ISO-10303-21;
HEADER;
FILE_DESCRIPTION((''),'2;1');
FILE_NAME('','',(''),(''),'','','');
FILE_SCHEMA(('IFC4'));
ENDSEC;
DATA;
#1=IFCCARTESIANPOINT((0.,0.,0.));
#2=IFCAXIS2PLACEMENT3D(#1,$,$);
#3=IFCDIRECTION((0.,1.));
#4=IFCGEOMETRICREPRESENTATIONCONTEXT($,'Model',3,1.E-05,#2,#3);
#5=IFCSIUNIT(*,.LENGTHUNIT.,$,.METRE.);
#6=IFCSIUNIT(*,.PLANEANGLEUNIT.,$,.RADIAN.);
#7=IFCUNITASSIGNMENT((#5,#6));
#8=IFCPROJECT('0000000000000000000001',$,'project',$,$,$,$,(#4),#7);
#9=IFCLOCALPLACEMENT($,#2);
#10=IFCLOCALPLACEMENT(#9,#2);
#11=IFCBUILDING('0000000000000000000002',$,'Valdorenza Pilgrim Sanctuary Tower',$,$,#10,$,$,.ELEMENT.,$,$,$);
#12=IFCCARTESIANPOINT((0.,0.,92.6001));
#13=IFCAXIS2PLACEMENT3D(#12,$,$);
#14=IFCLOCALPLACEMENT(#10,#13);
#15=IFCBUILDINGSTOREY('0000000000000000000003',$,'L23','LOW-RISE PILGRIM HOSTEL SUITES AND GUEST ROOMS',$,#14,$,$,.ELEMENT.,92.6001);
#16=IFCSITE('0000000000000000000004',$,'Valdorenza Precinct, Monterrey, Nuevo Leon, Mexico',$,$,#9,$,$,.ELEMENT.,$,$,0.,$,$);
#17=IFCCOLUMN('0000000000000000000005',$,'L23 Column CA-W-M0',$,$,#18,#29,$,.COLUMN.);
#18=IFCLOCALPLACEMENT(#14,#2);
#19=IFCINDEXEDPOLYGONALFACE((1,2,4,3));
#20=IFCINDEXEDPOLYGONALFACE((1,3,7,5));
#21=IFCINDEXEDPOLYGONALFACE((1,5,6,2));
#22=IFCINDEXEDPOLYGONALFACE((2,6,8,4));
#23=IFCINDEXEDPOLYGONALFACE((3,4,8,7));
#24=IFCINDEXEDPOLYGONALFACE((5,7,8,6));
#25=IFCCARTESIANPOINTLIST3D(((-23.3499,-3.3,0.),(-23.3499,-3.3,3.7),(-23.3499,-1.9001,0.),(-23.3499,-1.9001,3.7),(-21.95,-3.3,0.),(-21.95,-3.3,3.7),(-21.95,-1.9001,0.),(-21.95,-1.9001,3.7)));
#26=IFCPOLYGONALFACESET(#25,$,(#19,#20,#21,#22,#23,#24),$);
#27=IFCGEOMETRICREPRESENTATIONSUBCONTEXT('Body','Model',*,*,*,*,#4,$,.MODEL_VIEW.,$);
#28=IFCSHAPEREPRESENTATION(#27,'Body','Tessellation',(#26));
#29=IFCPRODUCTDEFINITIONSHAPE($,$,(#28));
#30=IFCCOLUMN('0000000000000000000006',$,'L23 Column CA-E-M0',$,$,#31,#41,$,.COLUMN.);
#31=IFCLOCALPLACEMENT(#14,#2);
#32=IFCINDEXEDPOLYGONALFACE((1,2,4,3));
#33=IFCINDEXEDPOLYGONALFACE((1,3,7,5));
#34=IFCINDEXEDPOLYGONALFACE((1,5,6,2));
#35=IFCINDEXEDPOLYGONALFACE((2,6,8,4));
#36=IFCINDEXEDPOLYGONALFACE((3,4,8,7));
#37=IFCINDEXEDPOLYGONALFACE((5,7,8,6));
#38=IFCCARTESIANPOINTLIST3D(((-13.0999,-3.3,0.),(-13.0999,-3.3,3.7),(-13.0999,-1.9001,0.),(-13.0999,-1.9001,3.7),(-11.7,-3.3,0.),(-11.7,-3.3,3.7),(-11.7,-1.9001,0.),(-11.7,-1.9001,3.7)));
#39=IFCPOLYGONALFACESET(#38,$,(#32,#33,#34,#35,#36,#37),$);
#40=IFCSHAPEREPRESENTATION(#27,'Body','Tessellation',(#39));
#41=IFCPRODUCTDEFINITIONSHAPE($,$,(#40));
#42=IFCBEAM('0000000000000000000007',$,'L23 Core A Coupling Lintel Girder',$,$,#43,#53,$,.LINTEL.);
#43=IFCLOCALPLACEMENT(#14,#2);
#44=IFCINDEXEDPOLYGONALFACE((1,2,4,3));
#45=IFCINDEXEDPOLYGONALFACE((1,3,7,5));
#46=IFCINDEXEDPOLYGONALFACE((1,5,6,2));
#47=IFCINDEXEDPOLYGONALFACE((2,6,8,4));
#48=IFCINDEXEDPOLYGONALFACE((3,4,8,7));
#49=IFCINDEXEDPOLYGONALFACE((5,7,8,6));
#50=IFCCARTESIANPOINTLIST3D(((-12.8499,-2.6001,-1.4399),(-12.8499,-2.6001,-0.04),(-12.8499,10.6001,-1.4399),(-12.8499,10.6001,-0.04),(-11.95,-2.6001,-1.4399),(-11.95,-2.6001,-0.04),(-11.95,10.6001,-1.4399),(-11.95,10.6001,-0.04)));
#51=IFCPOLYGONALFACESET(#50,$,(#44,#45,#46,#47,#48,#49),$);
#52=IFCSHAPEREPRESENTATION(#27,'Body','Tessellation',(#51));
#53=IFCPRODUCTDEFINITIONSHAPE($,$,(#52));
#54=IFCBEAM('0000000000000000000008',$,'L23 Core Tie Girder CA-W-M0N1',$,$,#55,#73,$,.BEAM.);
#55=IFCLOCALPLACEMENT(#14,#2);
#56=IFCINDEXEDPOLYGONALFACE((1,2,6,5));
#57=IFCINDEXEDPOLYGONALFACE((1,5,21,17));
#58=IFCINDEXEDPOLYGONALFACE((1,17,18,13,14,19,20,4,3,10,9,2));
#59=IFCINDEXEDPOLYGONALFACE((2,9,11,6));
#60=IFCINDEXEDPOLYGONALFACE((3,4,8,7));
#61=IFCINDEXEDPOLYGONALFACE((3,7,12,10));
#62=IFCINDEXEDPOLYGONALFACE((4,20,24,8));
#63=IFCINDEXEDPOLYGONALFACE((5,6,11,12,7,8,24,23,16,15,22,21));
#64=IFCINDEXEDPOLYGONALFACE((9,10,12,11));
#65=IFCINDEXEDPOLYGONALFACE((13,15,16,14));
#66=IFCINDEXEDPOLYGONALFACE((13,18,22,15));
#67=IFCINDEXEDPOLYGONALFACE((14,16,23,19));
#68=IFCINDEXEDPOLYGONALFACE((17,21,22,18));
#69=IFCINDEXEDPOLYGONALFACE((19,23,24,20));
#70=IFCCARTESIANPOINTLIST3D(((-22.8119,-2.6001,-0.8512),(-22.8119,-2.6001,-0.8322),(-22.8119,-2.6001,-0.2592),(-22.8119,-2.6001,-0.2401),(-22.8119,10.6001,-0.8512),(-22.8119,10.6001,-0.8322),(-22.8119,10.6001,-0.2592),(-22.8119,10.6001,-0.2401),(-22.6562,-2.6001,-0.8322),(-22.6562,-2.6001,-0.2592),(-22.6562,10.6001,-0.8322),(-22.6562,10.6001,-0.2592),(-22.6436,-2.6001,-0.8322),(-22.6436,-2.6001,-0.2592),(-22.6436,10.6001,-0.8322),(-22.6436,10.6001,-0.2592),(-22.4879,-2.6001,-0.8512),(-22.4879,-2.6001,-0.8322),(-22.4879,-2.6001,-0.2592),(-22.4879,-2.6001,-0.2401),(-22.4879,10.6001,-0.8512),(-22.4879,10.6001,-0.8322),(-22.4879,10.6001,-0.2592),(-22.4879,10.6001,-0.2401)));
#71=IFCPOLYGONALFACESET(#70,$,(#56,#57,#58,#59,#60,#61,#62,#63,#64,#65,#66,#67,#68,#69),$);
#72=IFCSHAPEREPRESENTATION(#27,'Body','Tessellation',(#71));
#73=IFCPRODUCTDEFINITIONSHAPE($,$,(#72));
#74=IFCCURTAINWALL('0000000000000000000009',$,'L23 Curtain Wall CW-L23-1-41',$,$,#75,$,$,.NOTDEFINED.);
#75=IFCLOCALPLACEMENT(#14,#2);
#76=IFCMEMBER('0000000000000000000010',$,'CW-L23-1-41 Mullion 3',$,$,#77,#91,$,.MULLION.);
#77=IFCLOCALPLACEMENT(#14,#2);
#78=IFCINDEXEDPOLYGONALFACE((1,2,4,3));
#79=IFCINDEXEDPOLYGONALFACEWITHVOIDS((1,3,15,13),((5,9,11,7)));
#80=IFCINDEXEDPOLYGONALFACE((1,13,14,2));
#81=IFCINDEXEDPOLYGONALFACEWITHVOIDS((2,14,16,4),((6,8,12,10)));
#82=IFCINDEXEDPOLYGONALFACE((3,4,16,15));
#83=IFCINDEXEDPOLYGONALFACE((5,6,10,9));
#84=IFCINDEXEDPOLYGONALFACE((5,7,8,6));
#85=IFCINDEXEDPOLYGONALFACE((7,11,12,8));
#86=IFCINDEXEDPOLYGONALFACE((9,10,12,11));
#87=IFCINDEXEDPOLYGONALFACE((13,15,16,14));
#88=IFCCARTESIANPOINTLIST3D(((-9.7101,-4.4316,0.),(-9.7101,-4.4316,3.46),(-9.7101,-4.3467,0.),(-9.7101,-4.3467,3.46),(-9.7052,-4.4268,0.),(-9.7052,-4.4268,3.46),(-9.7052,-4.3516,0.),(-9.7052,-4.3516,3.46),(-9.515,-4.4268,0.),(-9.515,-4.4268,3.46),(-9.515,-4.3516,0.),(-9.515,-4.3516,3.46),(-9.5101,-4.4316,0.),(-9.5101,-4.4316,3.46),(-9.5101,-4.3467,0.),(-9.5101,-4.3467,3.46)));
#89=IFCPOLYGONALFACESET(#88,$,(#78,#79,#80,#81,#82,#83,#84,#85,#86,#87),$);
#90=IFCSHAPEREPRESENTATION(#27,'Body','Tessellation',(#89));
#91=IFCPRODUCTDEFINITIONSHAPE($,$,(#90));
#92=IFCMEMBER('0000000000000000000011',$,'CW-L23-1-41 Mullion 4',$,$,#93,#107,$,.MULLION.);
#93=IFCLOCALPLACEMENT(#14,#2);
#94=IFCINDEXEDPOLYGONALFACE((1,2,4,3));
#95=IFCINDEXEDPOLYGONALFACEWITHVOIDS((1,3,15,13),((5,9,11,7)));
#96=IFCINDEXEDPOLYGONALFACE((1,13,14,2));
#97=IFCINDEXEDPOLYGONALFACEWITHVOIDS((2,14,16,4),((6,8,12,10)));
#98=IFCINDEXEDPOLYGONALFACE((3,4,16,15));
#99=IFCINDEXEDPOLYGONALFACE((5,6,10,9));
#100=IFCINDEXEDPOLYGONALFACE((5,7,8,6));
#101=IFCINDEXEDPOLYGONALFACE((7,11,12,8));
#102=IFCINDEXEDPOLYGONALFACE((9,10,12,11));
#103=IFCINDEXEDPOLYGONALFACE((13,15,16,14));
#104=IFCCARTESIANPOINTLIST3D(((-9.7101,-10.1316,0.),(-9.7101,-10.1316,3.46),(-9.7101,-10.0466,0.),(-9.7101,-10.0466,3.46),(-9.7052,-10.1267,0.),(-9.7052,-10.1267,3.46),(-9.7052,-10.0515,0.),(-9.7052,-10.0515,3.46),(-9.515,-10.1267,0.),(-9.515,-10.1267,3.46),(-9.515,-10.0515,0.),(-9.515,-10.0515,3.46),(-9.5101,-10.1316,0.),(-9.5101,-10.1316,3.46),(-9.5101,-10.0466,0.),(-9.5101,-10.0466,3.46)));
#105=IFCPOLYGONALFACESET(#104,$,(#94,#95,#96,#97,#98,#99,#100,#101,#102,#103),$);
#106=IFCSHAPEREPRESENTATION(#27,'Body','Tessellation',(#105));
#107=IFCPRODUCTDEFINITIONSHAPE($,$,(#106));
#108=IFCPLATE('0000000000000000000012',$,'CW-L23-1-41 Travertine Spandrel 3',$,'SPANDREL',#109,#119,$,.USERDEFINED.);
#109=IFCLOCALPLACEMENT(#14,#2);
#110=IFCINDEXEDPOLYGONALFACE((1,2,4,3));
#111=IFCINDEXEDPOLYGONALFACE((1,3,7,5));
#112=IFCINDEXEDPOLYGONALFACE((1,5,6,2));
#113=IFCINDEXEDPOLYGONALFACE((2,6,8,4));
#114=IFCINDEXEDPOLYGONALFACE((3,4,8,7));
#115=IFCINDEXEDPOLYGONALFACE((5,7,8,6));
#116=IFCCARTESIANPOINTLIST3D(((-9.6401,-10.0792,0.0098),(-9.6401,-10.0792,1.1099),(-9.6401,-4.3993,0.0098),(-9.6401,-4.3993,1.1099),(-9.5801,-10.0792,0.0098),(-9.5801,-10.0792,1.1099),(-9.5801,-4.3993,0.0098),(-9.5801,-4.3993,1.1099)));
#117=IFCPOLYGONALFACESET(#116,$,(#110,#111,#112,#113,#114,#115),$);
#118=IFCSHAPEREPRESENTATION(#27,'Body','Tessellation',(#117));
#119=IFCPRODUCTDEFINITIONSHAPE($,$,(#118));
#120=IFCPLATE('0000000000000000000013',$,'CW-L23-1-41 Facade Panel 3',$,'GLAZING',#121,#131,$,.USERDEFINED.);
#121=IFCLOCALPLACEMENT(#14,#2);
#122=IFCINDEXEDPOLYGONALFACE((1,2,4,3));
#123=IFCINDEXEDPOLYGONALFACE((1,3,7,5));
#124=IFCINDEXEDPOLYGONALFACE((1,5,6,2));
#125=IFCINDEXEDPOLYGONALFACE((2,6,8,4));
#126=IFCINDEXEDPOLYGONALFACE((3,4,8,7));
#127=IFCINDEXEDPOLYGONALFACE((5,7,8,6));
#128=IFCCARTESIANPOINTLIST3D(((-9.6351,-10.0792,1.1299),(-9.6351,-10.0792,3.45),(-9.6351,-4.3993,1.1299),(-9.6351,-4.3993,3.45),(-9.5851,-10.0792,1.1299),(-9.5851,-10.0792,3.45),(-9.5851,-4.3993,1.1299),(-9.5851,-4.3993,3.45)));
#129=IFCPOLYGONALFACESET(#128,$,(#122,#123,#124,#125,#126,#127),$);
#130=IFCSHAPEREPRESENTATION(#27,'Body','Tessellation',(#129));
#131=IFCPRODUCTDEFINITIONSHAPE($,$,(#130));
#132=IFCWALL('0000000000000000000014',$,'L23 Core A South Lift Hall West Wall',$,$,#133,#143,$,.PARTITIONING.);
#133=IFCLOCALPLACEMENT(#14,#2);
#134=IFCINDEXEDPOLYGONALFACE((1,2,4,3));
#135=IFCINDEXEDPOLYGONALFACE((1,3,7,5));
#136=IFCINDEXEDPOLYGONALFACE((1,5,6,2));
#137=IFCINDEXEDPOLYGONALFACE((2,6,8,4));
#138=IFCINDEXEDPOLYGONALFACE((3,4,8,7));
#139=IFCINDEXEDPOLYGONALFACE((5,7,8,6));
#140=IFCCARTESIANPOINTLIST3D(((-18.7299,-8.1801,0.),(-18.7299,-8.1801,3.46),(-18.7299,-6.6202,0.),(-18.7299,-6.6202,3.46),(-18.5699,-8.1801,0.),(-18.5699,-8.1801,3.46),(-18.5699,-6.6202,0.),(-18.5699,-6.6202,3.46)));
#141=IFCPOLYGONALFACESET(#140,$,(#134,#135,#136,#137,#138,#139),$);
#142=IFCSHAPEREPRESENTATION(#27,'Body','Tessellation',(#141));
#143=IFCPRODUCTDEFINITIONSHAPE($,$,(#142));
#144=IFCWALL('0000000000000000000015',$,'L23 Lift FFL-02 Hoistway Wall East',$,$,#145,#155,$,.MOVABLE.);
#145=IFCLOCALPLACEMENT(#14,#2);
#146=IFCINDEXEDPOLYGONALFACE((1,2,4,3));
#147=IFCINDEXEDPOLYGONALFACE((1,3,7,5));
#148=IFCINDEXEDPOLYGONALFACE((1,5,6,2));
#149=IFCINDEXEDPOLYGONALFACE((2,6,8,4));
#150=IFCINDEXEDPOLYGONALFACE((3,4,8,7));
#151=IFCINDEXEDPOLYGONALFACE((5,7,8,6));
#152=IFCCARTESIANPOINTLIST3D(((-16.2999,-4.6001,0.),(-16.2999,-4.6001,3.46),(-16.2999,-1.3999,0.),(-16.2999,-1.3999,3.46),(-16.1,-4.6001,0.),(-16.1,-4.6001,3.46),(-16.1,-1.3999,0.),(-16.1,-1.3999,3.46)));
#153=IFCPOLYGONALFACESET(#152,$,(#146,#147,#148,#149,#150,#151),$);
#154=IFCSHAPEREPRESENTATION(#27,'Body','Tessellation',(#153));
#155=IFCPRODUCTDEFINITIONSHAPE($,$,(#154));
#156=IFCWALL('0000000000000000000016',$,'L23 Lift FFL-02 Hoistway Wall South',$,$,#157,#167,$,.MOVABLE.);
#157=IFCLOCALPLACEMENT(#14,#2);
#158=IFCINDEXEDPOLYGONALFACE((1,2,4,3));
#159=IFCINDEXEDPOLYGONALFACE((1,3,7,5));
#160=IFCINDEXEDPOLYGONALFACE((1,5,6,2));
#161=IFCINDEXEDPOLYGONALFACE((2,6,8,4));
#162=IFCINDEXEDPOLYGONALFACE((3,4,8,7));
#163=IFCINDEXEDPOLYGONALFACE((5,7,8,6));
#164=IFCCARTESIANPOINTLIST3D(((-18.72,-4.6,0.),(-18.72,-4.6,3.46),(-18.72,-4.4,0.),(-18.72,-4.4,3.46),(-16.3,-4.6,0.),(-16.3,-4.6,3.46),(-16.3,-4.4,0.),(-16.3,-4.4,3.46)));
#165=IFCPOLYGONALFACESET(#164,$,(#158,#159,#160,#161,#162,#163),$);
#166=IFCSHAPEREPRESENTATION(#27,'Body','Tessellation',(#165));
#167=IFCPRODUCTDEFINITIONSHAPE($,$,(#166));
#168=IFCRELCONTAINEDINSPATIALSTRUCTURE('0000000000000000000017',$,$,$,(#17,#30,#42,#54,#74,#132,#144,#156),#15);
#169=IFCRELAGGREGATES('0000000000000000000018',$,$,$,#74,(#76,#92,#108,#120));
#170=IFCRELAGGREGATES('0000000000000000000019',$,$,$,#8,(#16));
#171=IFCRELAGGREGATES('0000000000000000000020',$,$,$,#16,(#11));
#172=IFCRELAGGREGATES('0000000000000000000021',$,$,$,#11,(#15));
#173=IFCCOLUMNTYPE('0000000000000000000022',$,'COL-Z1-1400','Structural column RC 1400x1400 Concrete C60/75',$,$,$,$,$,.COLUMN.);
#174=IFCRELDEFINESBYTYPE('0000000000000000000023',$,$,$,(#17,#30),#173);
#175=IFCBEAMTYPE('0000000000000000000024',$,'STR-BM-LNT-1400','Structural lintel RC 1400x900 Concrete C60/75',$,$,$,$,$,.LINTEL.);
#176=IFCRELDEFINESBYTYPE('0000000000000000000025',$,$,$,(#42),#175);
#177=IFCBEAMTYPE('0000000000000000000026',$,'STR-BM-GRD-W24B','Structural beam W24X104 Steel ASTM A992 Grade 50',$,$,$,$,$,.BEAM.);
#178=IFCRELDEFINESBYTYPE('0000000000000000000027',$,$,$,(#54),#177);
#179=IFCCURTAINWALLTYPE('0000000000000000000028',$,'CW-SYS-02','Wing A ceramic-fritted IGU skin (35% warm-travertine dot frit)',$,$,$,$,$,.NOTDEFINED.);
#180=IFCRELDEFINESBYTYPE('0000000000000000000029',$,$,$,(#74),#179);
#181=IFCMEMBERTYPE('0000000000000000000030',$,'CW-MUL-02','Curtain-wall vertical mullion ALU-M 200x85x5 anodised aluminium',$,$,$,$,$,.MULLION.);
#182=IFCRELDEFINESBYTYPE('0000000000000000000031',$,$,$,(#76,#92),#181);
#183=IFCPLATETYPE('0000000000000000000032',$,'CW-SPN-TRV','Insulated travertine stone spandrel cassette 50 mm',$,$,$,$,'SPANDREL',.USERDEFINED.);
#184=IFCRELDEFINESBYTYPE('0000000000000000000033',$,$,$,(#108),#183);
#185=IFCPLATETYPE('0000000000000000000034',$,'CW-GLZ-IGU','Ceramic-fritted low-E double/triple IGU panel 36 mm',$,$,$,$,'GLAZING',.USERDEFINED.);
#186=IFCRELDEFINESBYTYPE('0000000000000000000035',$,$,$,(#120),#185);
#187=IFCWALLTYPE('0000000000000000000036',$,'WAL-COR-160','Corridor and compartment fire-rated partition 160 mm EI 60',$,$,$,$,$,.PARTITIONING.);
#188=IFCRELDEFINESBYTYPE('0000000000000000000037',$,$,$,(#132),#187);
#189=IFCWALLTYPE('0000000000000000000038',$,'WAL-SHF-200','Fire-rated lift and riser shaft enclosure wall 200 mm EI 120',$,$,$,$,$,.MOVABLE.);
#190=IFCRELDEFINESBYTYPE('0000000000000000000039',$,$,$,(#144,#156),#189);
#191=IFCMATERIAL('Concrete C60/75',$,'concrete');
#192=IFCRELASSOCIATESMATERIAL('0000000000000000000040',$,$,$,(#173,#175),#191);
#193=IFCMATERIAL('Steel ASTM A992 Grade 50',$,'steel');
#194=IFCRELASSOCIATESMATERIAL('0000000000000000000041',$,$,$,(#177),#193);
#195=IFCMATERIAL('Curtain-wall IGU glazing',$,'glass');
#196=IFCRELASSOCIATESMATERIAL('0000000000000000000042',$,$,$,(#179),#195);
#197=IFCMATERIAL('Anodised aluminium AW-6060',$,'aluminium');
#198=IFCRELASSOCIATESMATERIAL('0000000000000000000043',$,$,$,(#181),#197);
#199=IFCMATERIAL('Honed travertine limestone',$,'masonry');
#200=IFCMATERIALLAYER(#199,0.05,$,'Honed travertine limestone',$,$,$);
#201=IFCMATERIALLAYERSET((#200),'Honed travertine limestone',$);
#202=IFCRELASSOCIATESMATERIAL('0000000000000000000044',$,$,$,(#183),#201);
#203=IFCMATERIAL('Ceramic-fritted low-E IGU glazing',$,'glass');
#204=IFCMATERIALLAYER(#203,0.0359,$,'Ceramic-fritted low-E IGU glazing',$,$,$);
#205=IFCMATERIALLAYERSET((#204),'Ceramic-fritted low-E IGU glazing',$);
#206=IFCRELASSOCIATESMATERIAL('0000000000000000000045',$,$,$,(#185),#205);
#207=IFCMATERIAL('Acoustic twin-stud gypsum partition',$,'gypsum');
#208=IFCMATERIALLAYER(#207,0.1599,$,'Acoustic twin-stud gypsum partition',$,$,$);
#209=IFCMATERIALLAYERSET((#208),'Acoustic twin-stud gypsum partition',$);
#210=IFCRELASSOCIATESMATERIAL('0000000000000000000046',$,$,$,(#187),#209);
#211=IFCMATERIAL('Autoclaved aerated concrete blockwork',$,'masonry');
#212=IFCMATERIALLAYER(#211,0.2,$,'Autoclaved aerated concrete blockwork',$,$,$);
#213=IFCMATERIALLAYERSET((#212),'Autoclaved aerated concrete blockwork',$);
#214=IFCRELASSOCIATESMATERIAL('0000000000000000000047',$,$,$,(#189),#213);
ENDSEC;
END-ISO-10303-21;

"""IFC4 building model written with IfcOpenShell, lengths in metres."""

from ifc_helpers import new_model, si_unit, direction, frame, frame_2d, origin, origin_2d, place, context, subcontext, project, spatial, rectangle, hollow_rectangle, i_section, extrude, source, transform, mapped, material, layer, layer_set, material_profile, profile_set, type_object, element, aggregate, save


model = new_model("IFC4")

# Units and contexts
model_context = context("Model", 3, precision=1e-05, world=origin(), true_north=direction((0.0, 1.0)))
body_context = subcontext(model_context, "Body", "Model", "MODEL_VIEW")
ifc_project = project(units=[si_unit("LENGTHUNIT", "METRE"), si_unit("PLANEANGLEUNIT", "RADIAN")], contexts=[model_context])

# Site, building, storey
site_placement = place(None, origin())
site = spatial("IfcSite", under=ifc_project, at=site_placement, Name="Valdorenza Precinct, Monterrey, Nuevo Leon, Mexico", CompositionType="ELEMENT", RefElevation=0.0)
building_placement = place(site_placement, origin())
building = spatial("IfcBuilding", under=site, at=building_placement, Name="Valdorenza Pilgrim Sanctuary Tower", CompositionType="ELEMENT")
storey_placement = place(building_placement, frame((0.0, 0.0, 92.6001)))
storey = spatial("IfcBuildingStorey", under=building, at=storey_placement, Name="L23", Description="LOW-RISE PILGRIM HOSTEL SUITES AND GUEST ROOMS", CompositionType="ELEMENT", Elevation=92.6001)

# Columns
ifc_material_1 = material(Name="Concrete C60/75", Category="concrete")
ifc_material_profile_1 = material_profile(ifc_material_1, rectangle(XDim=1.3999, YDim=1.3999, at=origin_2d()), Name="RC 1400x1400")
ifc_profile_set_1 = profile_set([ifc_material_profile_1], Name="Concrete C60/75")
column_type = type_object("IfcColumnType", Name="COL-Z1-1400", Description="Structural column RC 1400x1400 Concrete C60/75", PredefinedType="COLUMN", material=ifc_profile_set_1)
shared_shape_1 = source(origin(), body_context, "Body", "SweptSolid", [
    extrude(rectangle(XDim=1.3999, YDim=1.3999, at=origin_2d()), origin(), (0.0, 0.0, 1.0), 3.7),
])
for number, where, z_axis, x_axis, name in (
    (1, (-22.6499, -2.6001, 0.0), (0.0, 0.0, 1.0), (1.0, 0.0, 0.0), "L23 Column CA-W-M0"),
    (2, (-12.3999, -2.6001, 0.0), (0.0, 0.0, 1.0), (1.0, 0.0, 0.0), "L23 Column CA-E-M0"),
):
    element("IfcColumn", number, at=place(storey_placement, frame(where, z_axis=z_axis, x_axis=x_axis)), inside=storey, type_object=column_type, Name=name, PredefinedType="COLUMN", context=body_context, shape_type="MappedRepresentation", body=[
        mapped(shared_shape_1, transform((0.0, 0.0, 0.0), x_axis=(1.0, 0.0, 0.0), y_axis=(0.0, 1.0, 0.0), z_axis=(0.0, 0.0, 1.0), scale=1.0)),
    ])

# Beams
ifc_material_profile_2 = material_profile(ifc_material_1, rectangle(XDim=0.8999, YDim=1.3999, at=origin_2d()), Name="RC 1400x900")
ifc_profile_set_2 = profile_set([ifc_material_profile_2], Name="Concrete C60/75")
beam_type_1 = type_object("IfcBeamType", Name="STR-BM-LNT-1400", Description="Structural lintel RC 1400x900 Concrete C60/75", PredefinedType="LINTEL", material=ifc_profile_set_2)
shared_shape_2 = source(origin(), body_context, "Body", "SweptSolid", [
    extrude(rectangle(XDim=0.8999, YDim=1.3999, at=origin_2d()), origin(), (0.0, 0.0, 1.0), 13.2002),
])
beam_1_placement = place(storey_placement, frame((-12.3999, -2.6001, -0.74), z_axis=(0.0, 1.0, 0.0), x_axis=(-1.0, 0.0, 0.0)))
element("IfcBeam", 3, at=beam_1_placement, inside=storey, type_object=beam_type_1, Name="L23 Core A Coupling Lintel Girder", PredefinedType="LINTEL", context=body_context, shape_type="MappedRepresentation", body=[
    mapped(shared_shape_2, transform((0.0, 0.0, 0.0), x_axis=(1.0, 0.0, 0.0), y_axis=(0.0, 1.0, 0.0), z_axis=(0.0, 0.0, 1.0), scale=1.0)),
])
ifc_material_2 = material(Name="Steel ASTM A992 Grade 50", Category="steel")
ifc_material_profile_3 = material_profile(ifc_material_2, i_section(OverallWidth=0.324, OverallDepth=0.6111, WebThickness=0.0127, FlangeThickness=0.019, at=origin_2d()), Name="W24X104")
ifc_profile_set_3 = profile_set([ifc_material_profile_3], Name="Steel ASTM A992 Grade 50")
beam_type_2 = type_object("IfcBeamType", Name="STR-BM-GRD-W24B", Description="Structural beam W24X104 Steel ASTM A992 Grade 50", PredefinedType="BEAM", material=ifc_profile_set_3)
shared_shape_3 = source(origin(), body_context, "Body", "SweptSolid", [
    extrude(i_section(OverallWidth=0.324, OverallDepth=0.6111, WebThickness=0.0127, FlangeThickness=0.019, at=origin_2d()), origin(), (0.0, 0.0, 1.0), 13.2002),
])
beam_2_placement = place(storey_placement, frame((-22.6499, -2.6001, -0.5457), z_axis=(0.0, 1.0, 0.0), x_axis=(-1.0, 0.0, 0.0)))
element("IfcBeam", 4, at=beam_2_placement, inside=storey, type_object=beam_type_2, Name="L23 Core Tie Girder CA-W-M0N1", PredefinedType="BEAM", context=body_context, shape_type="MappedRepresentation", body=[
    mapped(shared_shape_3, transform((0.0, 0.0, 0.0), x_axis=(1.0, 0.0, 0.0), y_axis=(0.0, 1.0, 0.0), z_axis=(0.0, 0.0, 1.0), scale=1.0)),
])

# Curtain wall, members, plates
ifc_material_3 = material(Name="Curtain-wall IGU glazing", Category="glass")
curtain_wall_type = type_object("IfcCurtainWallType", Name="CW-SYS-02", Description="Wing A ceramic-fritted IGU skin (35% warm-travertine dot frit)", PredefinedType="NOTDEFINED", material=ifc_material_3)
curtain_wall_placement = place(storey_placement, origin())
curtain_wall = element("IfcCurtainWall", 5, at=curtain_wall_placement, inside=storey, type_object=curtain_wall_type, Name="L23 Curtain Wall CW-L23-1-41", PredefinedType="NOTDEFINED")
ifc_material_4 = material(Name="Anodised aluminium AW-6060", Category="aluminium")
ifc_material_profile_4 = material_profile(ifc_material_4, hollow_rectangle(XDim=0.085, YDim=0.2, WallThickness=0.0049, at=origin_2d()), Name="ALU-M 200x85x5")
ifc_profile_set_4 = profile_set([ifc_material_profile_4], Name="Anodised aluminium AW-6060")
member_type = type_object("IfcMemberType", Name="CW-MUL-02", Description="Curtain-wall vertical mullion ALU-M 200x85x5 anodised aluminium", PredefinedType="MULLION", material=ifc_profile_set_4)
shared_shape_4 = source(origin(), body_context, "Body", "SweptSolid", [
    extrude(hollow_rectangle(XDim=0.085, YDim=0.2, WallThickness=0.0049, at=origin_2d()), origin(), (0.0, 0.0, 1.0), 3.46),
])
member_1_placement = place(storey_placement, frame((-9.6101, -4.3892, 0.0), z_axis=(0.0, 0.0, 1.0), x_axis=(0.0, -1.0, 0.0)))
member_1 = element("IfcMember", 6, at=member_1_placement, type_object=member_type, Name="CW-L23-1-41 Mullion 3", PredefinedType="MULLION", context=body_context, shape_type="MappedRepresentation", body=[
    mapped(shared_shape_4, transform((0.0, 0.0, 0.0), x_axis=(1.0, 0.0, 0.0), y_axis=(0.0, 1.0, 0.0), z_axis=(0.0, 0.0, 1.0), scale=1.0)),
])
member_2_placement = place(storey_placement, frame((-9.6101, -10.0891, 0.0), z_axis=(0.0, 0.0, 1.0), x_axis=(0.0, -1.0, 0.0)))
member_2 = element("IfcMember", 7, at=member_2_placement, type_object=member_type, Name="CW-L23-1-41 Mullion 4", PredefinedType="MULLION", context=body_context, shape_type="MappedRepresentation", body=[
    mapped(shared_shape_4, transform((0.0, 0.0, 0.0), x_axis=(1.0, 0.0, 0.0), y_axis=(0.0, 1.0, 0.0), z_axis=(0.0, 0.0, 1.0), scale=1.0)),
])
ifc_material_5 = material(Name="Honed travertine limestone", Category="masonry")
ifc_layer_1 = layer(ifc_material_5, 0.05, Name="Honed travertine limestone")
ifc_layer_set_1 = layer_set([ifc_layer_1], Name="Honed travertine limestone")
plate_type_1 = type_object("IfcPlateType", Name="CW-SPN-TRV", Description="Insulated travertine stone spandrel cassette 50 mm", ElementType="SPANDREL", PredefinedType="USERDEFINED", material=ifc_layer_set_1)
shared_shape_5 = source(origin(), body_context, "Body", "SweptSolid", [
    extrude(rectangle(XDim=5.6799, YDim=0.0601, at=origin_2d()), origin(), (0.0, 0.0, 1.0), 1.1001),
])
plate_1_placement = place(storey_placement, frame((-9.6101, -7.2393, 0.0098), z_axis=(0.0, 0.0, 1.0), x_axis=(0.0, -1.0, 0.0)))
plate_1 = element("IfcPlate", 8, at=plate_1_placement, type_object=plate_type_1, Name="CW-L23-1-41 Travertine Spandrel 3", ObjectType="SPANDREL", PredefinedType="USERDEFINED", context=body_context, shape_type="MappedRepresentation", body=[
    mapped(shared_shape_5, transform((0.0, 0.0, 0.0), x_axis=(1.0, 0.0, 0.0), y_axis=(0.0, 1.0, 0.0), z_axis=(0.0, 0.0, 1.0), scale=1.0)),
])
ifc_material_6 = material(Name="Ceramic-fritted low-E IGU glazing", Category="glass")
ifc_layer_2 = layer(ifc_material_6, 0.0359, Name="Ceramic-fritted low-E IGU glazing")
ifc_layer_set_2 = layer_set([ifc_layer_2], Name="Ceramic-fritted low-E IGU glazing")
plate_type_2 = type_object("IfcPlateType", Name="CW-GLZ-IGU", Description="Ceramic-fritted low-E double/triple IGU panel 36 mm", ElementType="GLAZING", PredefinedType="USERDEFINED", material=ifc_layer_set_2)
shared_shape_6 = source(origin(), body_context, "Body", "SweptSolid", [
    extrude(rectangle(XDim=5.6799, YDim=0.05, at=origin_2d()), origin(), (0.0, 0.0, 1.0), 2.3201),
])
plate_2_placement = place(storey_placement, frame((-9.6101, -7.2393, 1.1299), z_axis=(0.0, 0.0, 1.0), x_axis=(0.0, -1.0, 0.0)))
plate_2 = element("IfcPlate", 9, at=plate_2_placement, type_object=plate_type_2, Name="CW-L23-1-41 Facade Panel 3", ObjectType="GLAZING", PredefinedType="USERDEFINED", context=body_context, shape_type="MappedRepresentation", body=[
    mapped(shared_shape_6, transform((0.0, 0.0, 0.0), x_axis=(1.0, 0.0, 0.0), y_axis=(0.0, 1.0, 0.0), z_axis=(0.0, 0.0, 1.0), scale=1.0)),
])
aggregate(curtain_wall, [member_1, member_2, plate_1, plate_2])

# Walls
ifc_material_7 = material(Name="Acoustic twin-stud gypsum partition", Category="gypsum")
ifc_layer_3 = layer(ifc_material_7, 0.1599, Name="Acoustic twin-stud gypsum partition")
ifc_layer_set_3 = layer_set([ifc_layer_3], Name="Acoustic twin-stud gypsum partition")
wall_type_1 = type_object("IfcWallType", Name="WAL-COR-160", Description="Corridor and compartment fire-rated partition 160 mm EI 60", PredefinedType="PARTITIONING", material=ifc_layer_set_3)
wall_1_placement = place(storey_placement, frame((-18.6499, -8.1799, 0.0), z_axis=(0.0, 0.0, 1.0), x_axis=(0.0, 1.0, 0.0)))
element("IfcWall", 10, at=wall_1_placement, inside=storey, type_object=wall_type_1, Name="L23 Core A South Lift Hall West Wall", PredefinedType="PARTITIONING", context=body_context, shape_type="SweptSolid", body=[
    extrude(rectangle(XDim=1.5598, YDim=0.1599, at=frame_2d((0.7798, 0.0))), origin(), (0.0, 0.0, 1.0), 3.46),
])
ifc_material_8 = material(Name="Autoclaved aerated concrete blockwork", Category="masonry")
ifc_layer_4 = layer(ifc_material_8, 0.2, Name="Autoclaved aerated concrete blockwork")
ifc_layer_set_4 = layer_set([ifc_layer_4], Name="Autoclaved aerated concrete blockwork")
wall_type_2 = type_object("IfcWallType", Name="WAL-SHF-200", Description="Fire-rated lift and riser shaft enclosure wall 200 mm EI 120", PredefinedType="MOVABLE", material=ifc_layer_set_4)
wall_2_placement = place(storey_placement, frame((-16.2, -4.6001, 0.0), z_axis=(0.0, 0.0, 1.0), x_axis=(0.0, 1.0, 0.0)))
element("IfcWall", 11, at=wall_2_placement, inside=storey, type_object=wall_type_2, Name="L23 Lift FFL-02 Hoistway Wall East", PredefinedType="MOVABLE", context=body_context, shape_type="SweptSolid", body=[
    extrude(rectangle(XDim=3.2002, YDim=0.2, at=frame_2d((1.6001, 0.0))), origin(), (0.0, 0.0, 1.0), 3.46),
])
wall_3_placement = place(storey_placement, frame((-18.72, -4.5, 0.0), z_axis=(0.0, 0.0, 1.0), x_axis=(1.0, 0.0, 0.0)))
element("IfcWall", 12, at=wall_3_placement, inside=storey, type_object=wall_type_2, Name="L23 Lift FFL-02 Hoistway Wall South", PredefinedType="MOVABLE", context=body_context, shape_type="SweptSolid", body=[
    extrude(rectangle(XDim=2.4199, YDim=0.2, at=frame_2d((1.21, 0.0))), origin(), (0.0, 0.0, 1.0), 3.46),
])

save(model, "model.ifc")
